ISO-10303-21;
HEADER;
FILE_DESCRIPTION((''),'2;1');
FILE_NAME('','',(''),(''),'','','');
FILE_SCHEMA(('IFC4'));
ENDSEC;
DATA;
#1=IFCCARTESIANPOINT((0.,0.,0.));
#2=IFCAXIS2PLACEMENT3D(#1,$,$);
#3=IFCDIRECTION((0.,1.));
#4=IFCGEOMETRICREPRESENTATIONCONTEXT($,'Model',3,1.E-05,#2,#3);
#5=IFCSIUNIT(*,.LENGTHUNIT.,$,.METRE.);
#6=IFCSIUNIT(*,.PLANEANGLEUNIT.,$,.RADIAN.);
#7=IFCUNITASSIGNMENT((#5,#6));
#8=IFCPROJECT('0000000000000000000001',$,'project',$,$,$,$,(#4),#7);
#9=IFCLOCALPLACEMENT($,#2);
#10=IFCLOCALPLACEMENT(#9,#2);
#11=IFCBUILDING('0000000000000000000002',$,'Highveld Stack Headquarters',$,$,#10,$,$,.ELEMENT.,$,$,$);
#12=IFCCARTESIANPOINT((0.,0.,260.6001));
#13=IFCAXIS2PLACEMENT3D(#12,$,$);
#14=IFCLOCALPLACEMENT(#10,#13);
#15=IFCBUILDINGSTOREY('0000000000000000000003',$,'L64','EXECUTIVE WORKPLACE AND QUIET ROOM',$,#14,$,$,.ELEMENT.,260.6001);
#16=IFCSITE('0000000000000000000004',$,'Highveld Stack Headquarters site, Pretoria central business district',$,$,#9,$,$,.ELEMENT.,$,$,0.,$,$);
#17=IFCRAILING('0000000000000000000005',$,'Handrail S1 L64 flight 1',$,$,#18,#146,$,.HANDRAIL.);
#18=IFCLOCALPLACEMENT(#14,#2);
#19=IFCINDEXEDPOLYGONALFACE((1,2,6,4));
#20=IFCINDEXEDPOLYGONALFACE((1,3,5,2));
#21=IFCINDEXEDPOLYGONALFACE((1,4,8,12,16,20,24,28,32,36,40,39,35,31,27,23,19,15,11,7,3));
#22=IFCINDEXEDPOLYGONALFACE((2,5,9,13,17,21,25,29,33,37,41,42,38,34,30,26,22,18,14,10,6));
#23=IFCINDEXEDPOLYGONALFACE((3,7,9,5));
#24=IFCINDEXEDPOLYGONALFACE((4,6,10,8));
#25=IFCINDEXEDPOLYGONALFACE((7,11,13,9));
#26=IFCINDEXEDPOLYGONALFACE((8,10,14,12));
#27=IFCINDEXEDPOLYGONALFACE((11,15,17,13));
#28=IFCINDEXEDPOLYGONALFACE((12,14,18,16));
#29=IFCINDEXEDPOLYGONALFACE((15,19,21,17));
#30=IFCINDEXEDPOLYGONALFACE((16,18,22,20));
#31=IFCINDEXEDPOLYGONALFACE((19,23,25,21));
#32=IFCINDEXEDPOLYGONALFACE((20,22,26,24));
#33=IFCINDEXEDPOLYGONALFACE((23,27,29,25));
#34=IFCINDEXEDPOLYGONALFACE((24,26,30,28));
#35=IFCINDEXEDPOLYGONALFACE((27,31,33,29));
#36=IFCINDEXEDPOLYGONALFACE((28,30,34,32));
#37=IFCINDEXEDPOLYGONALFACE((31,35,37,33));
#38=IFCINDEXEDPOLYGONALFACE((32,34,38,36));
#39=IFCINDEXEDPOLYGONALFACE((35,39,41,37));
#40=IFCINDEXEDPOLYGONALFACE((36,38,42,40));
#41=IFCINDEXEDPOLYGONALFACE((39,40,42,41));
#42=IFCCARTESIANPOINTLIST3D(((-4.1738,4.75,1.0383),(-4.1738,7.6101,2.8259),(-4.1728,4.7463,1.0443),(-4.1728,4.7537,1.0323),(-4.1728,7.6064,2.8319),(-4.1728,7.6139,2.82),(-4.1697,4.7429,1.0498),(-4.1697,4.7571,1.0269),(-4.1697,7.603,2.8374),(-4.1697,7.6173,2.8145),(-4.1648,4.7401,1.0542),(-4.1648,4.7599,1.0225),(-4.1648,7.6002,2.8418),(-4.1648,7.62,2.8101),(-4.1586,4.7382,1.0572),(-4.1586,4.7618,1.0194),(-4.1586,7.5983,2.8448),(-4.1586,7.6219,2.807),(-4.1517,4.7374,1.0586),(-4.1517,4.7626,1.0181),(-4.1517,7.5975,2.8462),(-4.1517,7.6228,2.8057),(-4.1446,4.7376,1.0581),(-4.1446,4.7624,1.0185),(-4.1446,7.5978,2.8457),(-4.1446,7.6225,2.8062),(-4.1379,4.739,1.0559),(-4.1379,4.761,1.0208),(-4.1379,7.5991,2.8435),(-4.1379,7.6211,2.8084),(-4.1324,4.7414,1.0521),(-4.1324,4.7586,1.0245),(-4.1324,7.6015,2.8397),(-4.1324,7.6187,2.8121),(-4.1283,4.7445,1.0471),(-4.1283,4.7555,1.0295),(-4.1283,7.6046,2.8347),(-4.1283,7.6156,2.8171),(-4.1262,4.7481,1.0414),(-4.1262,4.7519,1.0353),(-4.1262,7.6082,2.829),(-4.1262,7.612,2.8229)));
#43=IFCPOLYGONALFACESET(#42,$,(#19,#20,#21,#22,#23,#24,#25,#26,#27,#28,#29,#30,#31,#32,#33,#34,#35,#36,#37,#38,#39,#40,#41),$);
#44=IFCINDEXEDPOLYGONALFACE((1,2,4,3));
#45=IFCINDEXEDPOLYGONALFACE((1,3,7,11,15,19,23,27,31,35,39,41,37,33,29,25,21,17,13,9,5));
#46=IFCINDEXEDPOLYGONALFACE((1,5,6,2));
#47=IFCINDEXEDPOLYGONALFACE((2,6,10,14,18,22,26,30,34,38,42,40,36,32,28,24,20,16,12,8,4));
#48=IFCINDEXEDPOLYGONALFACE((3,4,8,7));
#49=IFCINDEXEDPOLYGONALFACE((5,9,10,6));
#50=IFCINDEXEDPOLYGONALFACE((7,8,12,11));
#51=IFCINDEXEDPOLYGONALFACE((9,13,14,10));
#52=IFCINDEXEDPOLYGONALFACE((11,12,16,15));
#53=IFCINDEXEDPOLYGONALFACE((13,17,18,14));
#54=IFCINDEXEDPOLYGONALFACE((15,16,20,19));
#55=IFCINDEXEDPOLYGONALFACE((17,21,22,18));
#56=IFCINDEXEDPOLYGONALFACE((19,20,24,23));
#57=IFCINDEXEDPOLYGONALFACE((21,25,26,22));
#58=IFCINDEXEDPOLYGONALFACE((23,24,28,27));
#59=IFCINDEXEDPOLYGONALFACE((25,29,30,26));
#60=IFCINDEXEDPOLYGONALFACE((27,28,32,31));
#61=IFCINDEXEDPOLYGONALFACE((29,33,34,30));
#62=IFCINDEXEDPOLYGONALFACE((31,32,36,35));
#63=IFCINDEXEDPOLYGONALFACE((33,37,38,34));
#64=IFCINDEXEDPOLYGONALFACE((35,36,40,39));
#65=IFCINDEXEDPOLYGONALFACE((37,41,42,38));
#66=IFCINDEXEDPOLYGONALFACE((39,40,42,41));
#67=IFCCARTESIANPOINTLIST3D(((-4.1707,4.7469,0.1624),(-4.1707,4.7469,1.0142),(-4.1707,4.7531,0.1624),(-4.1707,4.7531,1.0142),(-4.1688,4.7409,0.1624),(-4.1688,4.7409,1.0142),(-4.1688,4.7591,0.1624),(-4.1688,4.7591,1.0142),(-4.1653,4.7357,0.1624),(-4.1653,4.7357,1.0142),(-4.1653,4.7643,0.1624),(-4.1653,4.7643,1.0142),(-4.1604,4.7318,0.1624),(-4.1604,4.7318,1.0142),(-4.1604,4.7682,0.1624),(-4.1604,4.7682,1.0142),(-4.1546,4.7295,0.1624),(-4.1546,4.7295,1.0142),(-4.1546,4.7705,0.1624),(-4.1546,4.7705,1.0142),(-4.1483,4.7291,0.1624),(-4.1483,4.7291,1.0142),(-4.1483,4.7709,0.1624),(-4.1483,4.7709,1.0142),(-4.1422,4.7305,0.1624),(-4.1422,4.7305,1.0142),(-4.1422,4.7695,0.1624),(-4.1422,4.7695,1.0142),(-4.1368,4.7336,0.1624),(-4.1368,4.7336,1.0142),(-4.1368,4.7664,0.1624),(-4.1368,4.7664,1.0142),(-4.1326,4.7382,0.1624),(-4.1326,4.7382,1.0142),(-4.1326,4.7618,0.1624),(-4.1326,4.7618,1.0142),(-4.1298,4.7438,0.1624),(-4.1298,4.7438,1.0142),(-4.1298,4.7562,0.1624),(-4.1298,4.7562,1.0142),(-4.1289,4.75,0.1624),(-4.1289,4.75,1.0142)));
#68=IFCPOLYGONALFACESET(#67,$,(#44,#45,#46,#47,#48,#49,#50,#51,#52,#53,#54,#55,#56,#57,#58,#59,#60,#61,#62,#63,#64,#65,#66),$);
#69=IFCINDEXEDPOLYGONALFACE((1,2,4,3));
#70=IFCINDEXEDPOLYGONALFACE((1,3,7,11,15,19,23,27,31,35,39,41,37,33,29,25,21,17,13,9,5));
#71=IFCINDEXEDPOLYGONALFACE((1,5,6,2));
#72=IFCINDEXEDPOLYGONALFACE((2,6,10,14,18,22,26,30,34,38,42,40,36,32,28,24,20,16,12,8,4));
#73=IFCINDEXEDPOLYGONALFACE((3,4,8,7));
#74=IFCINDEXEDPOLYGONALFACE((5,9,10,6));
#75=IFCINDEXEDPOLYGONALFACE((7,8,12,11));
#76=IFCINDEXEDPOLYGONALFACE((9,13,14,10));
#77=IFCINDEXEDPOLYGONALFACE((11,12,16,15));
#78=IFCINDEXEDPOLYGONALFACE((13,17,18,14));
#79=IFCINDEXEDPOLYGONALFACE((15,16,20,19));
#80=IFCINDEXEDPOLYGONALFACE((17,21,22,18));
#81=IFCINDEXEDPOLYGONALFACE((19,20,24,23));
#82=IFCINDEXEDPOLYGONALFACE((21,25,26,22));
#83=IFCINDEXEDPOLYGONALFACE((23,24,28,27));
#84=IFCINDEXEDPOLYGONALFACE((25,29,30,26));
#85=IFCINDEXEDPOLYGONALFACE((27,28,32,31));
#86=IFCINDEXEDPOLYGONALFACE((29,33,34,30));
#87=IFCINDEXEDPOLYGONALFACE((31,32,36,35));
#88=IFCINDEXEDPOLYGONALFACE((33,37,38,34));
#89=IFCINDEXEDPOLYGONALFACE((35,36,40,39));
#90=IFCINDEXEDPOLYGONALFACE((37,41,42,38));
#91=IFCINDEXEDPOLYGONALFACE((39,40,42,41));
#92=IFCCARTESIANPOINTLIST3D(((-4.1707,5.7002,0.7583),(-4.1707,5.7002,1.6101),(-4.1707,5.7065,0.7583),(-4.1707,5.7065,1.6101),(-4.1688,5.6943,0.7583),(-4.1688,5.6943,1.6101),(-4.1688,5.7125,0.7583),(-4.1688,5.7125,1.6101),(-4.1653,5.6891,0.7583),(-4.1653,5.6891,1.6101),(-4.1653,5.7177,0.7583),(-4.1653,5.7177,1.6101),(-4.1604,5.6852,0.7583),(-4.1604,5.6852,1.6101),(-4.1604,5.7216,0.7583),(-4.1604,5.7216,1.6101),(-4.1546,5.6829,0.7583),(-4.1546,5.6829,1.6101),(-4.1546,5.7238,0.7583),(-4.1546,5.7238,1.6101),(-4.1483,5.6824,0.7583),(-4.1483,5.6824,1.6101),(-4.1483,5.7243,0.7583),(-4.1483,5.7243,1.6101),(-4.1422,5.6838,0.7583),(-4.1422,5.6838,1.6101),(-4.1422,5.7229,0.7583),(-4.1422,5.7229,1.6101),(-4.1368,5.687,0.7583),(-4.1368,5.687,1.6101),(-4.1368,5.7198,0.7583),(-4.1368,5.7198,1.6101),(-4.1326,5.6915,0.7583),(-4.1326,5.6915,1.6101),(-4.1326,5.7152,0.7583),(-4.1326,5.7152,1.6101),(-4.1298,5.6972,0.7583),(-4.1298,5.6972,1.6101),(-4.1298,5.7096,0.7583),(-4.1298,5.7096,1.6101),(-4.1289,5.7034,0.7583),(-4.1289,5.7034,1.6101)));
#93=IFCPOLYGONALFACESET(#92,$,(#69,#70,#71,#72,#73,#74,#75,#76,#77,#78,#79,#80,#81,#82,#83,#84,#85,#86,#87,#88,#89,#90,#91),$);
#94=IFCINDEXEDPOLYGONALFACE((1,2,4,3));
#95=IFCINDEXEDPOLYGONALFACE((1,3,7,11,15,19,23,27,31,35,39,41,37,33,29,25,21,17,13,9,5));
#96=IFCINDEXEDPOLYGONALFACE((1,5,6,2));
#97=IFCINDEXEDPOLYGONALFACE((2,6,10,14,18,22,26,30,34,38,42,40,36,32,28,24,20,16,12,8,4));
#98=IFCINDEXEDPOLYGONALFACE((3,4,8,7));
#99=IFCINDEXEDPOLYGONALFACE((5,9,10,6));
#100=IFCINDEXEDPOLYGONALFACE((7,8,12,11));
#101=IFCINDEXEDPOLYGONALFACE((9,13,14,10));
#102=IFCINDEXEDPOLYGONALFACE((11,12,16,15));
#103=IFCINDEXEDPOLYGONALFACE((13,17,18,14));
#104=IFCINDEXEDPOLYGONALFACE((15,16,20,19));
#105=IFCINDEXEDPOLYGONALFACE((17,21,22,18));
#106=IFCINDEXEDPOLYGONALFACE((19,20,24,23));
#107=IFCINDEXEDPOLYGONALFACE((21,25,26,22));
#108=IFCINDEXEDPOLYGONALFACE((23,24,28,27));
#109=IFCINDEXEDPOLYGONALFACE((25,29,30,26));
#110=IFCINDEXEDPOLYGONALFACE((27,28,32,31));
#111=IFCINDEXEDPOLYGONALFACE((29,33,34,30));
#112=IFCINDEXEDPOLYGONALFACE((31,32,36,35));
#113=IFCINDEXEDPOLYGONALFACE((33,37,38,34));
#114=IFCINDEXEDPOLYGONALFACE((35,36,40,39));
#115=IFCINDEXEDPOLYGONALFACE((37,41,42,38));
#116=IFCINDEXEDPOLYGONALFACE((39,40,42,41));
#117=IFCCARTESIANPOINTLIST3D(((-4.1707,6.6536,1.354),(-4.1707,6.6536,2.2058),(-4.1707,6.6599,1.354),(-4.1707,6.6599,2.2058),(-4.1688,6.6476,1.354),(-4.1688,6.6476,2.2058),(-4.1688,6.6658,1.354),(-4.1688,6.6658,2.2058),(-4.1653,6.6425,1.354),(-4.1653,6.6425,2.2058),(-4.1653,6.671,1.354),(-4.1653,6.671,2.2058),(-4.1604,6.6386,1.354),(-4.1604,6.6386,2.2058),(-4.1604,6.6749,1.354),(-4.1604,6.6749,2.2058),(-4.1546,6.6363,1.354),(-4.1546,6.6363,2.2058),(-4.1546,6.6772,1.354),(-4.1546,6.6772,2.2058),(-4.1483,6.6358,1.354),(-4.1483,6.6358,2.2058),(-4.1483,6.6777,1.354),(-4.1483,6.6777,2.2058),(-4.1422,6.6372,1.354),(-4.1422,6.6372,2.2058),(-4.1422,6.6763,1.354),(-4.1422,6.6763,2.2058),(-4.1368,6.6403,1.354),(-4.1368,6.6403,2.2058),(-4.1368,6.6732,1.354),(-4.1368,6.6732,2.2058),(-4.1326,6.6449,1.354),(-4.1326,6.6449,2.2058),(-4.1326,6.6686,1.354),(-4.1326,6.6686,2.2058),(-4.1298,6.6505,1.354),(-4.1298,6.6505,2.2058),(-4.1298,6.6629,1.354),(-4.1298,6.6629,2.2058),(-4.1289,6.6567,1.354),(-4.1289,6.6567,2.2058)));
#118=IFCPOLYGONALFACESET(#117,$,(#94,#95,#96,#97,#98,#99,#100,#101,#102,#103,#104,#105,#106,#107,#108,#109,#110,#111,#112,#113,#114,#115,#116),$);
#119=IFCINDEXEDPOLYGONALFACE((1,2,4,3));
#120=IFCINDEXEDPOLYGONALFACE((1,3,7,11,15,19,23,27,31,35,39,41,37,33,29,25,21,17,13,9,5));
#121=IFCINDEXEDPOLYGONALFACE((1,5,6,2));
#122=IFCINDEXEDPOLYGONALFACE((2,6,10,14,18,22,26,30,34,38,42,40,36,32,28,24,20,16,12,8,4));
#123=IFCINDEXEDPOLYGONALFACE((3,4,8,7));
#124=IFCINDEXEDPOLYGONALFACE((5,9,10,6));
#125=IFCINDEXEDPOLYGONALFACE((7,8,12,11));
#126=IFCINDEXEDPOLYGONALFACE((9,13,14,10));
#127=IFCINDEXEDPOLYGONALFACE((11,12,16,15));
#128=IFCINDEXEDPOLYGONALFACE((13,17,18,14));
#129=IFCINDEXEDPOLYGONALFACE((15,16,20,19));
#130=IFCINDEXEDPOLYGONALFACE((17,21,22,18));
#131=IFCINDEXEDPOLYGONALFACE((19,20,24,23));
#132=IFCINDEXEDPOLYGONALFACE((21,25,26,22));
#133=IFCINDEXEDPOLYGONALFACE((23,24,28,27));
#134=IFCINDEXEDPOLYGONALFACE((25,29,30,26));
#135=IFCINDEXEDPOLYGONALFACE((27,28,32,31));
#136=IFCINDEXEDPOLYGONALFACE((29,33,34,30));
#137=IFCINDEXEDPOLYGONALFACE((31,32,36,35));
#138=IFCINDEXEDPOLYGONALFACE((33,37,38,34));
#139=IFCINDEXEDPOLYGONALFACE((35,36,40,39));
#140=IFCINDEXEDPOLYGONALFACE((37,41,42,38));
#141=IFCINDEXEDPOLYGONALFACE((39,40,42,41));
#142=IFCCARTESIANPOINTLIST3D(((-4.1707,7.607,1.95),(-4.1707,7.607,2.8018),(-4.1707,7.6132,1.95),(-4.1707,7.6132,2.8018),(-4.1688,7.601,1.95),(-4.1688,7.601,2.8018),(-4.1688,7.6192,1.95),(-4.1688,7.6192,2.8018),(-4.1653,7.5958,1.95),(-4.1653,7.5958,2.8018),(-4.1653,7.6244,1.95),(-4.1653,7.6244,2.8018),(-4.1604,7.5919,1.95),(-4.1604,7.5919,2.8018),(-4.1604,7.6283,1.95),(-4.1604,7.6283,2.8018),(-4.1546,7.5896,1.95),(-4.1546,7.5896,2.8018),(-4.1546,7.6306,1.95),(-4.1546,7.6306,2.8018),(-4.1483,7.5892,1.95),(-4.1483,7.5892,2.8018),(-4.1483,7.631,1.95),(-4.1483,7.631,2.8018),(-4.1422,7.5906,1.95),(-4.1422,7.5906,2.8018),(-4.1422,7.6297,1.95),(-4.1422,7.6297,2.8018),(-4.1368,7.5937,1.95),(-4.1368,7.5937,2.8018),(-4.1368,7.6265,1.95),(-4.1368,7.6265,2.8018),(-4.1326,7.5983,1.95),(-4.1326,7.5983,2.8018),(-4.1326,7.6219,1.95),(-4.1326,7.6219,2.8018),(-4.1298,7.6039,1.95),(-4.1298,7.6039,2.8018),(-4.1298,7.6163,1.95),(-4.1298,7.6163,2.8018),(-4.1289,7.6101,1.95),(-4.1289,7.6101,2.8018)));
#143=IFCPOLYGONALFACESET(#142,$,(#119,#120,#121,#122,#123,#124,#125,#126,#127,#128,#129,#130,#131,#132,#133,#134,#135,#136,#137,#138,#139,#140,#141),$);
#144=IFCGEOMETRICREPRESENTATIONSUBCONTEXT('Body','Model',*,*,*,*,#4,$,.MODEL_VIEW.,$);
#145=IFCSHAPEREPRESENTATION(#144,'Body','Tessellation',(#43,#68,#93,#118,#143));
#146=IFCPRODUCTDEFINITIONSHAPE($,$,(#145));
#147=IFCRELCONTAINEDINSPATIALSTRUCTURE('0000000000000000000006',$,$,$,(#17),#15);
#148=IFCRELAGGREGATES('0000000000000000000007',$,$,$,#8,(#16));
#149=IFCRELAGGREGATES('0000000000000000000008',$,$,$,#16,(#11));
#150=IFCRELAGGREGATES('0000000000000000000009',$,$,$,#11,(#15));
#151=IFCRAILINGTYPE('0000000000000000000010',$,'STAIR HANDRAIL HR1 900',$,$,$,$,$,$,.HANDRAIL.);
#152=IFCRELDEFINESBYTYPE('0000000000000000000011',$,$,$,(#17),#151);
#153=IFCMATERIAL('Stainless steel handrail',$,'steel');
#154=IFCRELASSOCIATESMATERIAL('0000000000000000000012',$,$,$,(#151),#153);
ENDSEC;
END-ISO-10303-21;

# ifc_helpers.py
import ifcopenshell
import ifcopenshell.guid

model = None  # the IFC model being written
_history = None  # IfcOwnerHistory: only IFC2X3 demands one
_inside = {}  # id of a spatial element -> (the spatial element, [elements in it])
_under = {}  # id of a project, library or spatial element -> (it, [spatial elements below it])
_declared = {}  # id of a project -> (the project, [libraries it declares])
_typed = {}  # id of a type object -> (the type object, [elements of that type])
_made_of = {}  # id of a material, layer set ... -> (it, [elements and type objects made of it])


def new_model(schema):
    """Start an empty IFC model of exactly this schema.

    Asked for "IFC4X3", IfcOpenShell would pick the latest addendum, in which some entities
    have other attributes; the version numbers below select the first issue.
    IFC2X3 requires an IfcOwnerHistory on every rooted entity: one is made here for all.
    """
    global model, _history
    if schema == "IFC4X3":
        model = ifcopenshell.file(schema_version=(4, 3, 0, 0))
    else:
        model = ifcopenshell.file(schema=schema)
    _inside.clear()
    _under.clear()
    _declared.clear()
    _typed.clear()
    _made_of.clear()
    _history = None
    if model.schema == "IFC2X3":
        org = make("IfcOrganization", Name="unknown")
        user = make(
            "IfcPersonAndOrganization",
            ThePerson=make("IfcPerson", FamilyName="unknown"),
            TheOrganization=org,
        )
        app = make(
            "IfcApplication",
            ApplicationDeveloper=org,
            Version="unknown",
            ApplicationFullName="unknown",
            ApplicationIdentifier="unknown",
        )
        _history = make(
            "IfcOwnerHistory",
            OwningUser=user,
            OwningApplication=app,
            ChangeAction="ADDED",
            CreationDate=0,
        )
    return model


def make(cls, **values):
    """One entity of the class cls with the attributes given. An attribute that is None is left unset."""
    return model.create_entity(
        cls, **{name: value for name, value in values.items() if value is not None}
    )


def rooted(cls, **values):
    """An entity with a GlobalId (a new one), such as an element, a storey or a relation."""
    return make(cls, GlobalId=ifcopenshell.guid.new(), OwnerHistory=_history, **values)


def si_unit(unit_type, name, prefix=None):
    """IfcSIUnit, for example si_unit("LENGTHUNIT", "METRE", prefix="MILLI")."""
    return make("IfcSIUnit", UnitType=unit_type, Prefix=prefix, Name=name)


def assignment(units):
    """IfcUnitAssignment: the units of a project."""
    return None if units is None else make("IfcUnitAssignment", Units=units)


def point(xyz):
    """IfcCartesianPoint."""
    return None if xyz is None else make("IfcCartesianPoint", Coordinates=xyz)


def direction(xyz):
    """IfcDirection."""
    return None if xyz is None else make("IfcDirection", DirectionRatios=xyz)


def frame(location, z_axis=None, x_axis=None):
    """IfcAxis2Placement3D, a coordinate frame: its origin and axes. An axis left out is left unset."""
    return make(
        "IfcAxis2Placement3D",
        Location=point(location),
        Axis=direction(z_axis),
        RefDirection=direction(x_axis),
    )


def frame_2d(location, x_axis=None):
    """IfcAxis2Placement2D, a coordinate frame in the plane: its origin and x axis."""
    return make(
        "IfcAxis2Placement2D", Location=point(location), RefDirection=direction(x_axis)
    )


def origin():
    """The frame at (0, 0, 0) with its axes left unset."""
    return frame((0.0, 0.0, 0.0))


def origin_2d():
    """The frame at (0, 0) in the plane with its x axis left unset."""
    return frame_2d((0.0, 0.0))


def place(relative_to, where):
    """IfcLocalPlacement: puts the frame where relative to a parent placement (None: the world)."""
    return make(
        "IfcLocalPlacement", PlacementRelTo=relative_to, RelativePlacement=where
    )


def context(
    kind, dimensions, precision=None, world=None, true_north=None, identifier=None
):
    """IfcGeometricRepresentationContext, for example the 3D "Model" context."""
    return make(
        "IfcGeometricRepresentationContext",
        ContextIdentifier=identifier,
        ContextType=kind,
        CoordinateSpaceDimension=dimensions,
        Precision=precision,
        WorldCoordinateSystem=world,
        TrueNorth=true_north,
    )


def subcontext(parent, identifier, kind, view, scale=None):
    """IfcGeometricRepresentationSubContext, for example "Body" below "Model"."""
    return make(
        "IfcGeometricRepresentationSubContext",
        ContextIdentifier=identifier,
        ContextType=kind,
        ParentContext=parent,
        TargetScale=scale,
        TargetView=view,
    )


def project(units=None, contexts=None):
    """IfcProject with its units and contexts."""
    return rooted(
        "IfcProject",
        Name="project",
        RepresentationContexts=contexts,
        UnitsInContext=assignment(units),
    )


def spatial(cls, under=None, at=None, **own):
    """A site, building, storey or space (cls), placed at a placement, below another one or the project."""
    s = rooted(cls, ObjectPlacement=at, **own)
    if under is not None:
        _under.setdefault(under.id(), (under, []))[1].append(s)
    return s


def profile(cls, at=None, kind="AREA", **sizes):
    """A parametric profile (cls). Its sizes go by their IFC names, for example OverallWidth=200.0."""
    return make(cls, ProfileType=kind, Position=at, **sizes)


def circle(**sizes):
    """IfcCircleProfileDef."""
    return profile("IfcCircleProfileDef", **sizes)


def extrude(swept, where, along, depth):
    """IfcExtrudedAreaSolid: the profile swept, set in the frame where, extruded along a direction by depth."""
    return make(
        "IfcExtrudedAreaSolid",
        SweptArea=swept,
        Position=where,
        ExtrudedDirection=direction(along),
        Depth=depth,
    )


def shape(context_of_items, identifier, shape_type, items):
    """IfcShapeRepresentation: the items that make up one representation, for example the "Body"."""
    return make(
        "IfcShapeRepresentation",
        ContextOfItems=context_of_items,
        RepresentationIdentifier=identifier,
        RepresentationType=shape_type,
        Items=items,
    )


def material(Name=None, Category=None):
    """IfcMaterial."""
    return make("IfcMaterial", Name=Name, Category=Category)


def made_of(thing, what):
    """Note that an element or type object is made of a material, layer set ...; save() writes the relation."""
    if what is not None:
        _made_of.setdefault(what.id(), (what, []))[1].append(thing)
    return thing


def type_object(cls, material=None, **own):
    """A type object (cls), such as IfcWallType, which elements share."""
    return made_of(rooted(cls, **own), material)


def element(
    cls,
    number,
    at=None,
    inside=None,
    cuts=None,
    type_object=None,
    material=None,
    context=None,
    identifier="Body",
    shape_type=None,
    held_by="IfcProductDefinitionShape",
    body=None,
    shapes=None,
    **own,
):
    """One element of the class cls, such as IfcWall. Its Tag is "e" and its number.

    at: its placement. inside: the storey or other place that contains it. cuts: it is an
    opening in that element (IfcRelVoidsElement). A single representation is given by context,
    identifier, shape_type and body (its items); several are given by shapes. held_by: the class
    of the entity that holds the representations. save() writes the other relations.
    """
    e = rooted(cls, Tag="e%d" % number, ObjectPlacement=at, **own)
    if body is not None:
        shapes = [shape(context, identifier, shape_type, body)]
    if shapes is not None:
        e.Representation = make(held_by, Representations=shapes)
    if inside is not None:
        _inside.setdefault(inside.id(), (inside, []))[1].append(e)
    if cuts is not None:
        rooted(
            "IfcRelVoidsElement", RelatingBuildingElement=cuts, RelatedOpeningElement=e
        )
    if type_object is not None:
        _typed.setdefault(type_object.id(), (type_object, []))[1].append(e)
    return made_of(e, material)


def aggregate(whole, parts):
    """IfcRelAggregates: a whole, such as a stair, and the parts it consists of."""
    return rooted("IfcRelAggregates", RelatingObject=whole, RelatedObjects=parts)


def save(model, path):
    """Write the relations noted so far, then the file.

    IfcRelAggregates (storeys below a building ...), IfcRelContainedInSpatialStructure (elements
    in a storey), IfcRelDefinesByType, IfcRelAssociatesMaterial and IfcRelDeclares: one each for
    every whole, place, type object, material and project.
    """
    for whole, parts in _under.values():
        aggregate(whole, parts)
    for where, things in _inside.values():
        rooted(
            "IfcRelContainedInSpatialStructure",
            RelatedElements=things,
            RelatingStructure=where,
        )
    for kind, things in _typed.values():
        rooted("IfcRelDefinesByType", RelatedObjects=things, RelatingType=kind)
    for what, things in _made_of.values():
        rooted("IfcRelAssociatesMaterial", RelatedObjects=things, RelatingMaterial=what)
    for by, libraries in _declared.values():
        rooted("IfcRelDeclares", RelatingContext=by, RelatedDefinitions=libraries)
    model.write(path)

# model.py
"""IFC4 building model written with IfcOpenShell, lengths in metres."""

from ifc_helpers import new_model, si_unit, direction, frame, origin, origin_2d, place, context, subcontext, project, spatial, circle, extrude, material, type_object, element, save


model = new_model("IFC4")

# Units and contexts
model_context = context("Model", 3, precision=1e-05, world=origin(), true_north=direction((0.0, 1.0)))
body_context = subcontext(model_context, "Body", "Model", "MODEL_VIEW")
ifc_project = project(units=[si_unit("LENGTHUNIT", "METRE"), si_unit("PLANEANGLEUNIT", "RADIAN")], contexts=[model_context])

# Site, building, storey
site_placement = place(None, origin())
site = spatial("IfcSite", under=ifc_project, at=site_placement, Name="Highveld Stack Headquarters site, Pretoria central business district", CompositionType="ELEMENT", RefElevation=0.0)
building_placement = place(site_placement, origin())
building = spatial("IfcBuilding", under=site, at=building_placement, Name="Highveld Stack Headquarters", CompositionType="ELEMENT")
storey_placement = place(building_placement, frame((0.0, 0.0, 260.6001)))
storey = spatial("IfcBuildingStorey", under=building, at=storey_placement, Name="L64", Description="EXECUTIVE WORKPLACE AND QUIET ROOM", CompositionType="ELEMENT", Elevation=260.6001)

# Railing
ifc_material_1 = material(Name="Stainless steel handrail", Category="steel")
railing_type = type_object("IfcRailingType", Name="STAIR HANDRAIL HR1 900", PredefinedType="HANDRAIL", material=ifc_material_1)
for number, where, name in (
    (1, (-4.1499, 4.75, 0.1624), "Handrail S1 L64 flight 1"),
):
    element("IfcRailing", number, at=place(storey_placement, frame(where)), inside=storey, type_object=railing_type, Name=name, PredefinedType="HANDRAIL", context=body_context, shape_type="SweptSolid", body=[
        extrude(circle(Radius=0.0239, at=origin_2d()), frame((0.0, 0.0, 0.876), z_axis=(0.0, 0.847994, 0.530005), x_axis=(-1.0, 0.0, 0.0)), (0.0, 0.0, 1.0), 3.3728),
        extrude(circle(Radius=0.021, at=origin_2d()), origin(), (0.0, 0.0, 1.0), 0.8518),
        extrude(circle(Radius=0.021, at=origin_2d()), frame((0.0, 0.9534, 0.5959)), (0.0, 0.0, 1.0), 0.8518),
        extrude(circle(Radius=0.021, at=origin_2d()), frame((0.0, 1.9067, 1.1917)), (0.0, 0.0, 1.0), 0.8518),
        extrude(circle(Radius=0.021, at=origin_2d()), frame((0.0, 2.8601, 1.7876)), (0.0, 0.0, 1.0), 0.8518),
    ])

save(model, "model.ifc")
